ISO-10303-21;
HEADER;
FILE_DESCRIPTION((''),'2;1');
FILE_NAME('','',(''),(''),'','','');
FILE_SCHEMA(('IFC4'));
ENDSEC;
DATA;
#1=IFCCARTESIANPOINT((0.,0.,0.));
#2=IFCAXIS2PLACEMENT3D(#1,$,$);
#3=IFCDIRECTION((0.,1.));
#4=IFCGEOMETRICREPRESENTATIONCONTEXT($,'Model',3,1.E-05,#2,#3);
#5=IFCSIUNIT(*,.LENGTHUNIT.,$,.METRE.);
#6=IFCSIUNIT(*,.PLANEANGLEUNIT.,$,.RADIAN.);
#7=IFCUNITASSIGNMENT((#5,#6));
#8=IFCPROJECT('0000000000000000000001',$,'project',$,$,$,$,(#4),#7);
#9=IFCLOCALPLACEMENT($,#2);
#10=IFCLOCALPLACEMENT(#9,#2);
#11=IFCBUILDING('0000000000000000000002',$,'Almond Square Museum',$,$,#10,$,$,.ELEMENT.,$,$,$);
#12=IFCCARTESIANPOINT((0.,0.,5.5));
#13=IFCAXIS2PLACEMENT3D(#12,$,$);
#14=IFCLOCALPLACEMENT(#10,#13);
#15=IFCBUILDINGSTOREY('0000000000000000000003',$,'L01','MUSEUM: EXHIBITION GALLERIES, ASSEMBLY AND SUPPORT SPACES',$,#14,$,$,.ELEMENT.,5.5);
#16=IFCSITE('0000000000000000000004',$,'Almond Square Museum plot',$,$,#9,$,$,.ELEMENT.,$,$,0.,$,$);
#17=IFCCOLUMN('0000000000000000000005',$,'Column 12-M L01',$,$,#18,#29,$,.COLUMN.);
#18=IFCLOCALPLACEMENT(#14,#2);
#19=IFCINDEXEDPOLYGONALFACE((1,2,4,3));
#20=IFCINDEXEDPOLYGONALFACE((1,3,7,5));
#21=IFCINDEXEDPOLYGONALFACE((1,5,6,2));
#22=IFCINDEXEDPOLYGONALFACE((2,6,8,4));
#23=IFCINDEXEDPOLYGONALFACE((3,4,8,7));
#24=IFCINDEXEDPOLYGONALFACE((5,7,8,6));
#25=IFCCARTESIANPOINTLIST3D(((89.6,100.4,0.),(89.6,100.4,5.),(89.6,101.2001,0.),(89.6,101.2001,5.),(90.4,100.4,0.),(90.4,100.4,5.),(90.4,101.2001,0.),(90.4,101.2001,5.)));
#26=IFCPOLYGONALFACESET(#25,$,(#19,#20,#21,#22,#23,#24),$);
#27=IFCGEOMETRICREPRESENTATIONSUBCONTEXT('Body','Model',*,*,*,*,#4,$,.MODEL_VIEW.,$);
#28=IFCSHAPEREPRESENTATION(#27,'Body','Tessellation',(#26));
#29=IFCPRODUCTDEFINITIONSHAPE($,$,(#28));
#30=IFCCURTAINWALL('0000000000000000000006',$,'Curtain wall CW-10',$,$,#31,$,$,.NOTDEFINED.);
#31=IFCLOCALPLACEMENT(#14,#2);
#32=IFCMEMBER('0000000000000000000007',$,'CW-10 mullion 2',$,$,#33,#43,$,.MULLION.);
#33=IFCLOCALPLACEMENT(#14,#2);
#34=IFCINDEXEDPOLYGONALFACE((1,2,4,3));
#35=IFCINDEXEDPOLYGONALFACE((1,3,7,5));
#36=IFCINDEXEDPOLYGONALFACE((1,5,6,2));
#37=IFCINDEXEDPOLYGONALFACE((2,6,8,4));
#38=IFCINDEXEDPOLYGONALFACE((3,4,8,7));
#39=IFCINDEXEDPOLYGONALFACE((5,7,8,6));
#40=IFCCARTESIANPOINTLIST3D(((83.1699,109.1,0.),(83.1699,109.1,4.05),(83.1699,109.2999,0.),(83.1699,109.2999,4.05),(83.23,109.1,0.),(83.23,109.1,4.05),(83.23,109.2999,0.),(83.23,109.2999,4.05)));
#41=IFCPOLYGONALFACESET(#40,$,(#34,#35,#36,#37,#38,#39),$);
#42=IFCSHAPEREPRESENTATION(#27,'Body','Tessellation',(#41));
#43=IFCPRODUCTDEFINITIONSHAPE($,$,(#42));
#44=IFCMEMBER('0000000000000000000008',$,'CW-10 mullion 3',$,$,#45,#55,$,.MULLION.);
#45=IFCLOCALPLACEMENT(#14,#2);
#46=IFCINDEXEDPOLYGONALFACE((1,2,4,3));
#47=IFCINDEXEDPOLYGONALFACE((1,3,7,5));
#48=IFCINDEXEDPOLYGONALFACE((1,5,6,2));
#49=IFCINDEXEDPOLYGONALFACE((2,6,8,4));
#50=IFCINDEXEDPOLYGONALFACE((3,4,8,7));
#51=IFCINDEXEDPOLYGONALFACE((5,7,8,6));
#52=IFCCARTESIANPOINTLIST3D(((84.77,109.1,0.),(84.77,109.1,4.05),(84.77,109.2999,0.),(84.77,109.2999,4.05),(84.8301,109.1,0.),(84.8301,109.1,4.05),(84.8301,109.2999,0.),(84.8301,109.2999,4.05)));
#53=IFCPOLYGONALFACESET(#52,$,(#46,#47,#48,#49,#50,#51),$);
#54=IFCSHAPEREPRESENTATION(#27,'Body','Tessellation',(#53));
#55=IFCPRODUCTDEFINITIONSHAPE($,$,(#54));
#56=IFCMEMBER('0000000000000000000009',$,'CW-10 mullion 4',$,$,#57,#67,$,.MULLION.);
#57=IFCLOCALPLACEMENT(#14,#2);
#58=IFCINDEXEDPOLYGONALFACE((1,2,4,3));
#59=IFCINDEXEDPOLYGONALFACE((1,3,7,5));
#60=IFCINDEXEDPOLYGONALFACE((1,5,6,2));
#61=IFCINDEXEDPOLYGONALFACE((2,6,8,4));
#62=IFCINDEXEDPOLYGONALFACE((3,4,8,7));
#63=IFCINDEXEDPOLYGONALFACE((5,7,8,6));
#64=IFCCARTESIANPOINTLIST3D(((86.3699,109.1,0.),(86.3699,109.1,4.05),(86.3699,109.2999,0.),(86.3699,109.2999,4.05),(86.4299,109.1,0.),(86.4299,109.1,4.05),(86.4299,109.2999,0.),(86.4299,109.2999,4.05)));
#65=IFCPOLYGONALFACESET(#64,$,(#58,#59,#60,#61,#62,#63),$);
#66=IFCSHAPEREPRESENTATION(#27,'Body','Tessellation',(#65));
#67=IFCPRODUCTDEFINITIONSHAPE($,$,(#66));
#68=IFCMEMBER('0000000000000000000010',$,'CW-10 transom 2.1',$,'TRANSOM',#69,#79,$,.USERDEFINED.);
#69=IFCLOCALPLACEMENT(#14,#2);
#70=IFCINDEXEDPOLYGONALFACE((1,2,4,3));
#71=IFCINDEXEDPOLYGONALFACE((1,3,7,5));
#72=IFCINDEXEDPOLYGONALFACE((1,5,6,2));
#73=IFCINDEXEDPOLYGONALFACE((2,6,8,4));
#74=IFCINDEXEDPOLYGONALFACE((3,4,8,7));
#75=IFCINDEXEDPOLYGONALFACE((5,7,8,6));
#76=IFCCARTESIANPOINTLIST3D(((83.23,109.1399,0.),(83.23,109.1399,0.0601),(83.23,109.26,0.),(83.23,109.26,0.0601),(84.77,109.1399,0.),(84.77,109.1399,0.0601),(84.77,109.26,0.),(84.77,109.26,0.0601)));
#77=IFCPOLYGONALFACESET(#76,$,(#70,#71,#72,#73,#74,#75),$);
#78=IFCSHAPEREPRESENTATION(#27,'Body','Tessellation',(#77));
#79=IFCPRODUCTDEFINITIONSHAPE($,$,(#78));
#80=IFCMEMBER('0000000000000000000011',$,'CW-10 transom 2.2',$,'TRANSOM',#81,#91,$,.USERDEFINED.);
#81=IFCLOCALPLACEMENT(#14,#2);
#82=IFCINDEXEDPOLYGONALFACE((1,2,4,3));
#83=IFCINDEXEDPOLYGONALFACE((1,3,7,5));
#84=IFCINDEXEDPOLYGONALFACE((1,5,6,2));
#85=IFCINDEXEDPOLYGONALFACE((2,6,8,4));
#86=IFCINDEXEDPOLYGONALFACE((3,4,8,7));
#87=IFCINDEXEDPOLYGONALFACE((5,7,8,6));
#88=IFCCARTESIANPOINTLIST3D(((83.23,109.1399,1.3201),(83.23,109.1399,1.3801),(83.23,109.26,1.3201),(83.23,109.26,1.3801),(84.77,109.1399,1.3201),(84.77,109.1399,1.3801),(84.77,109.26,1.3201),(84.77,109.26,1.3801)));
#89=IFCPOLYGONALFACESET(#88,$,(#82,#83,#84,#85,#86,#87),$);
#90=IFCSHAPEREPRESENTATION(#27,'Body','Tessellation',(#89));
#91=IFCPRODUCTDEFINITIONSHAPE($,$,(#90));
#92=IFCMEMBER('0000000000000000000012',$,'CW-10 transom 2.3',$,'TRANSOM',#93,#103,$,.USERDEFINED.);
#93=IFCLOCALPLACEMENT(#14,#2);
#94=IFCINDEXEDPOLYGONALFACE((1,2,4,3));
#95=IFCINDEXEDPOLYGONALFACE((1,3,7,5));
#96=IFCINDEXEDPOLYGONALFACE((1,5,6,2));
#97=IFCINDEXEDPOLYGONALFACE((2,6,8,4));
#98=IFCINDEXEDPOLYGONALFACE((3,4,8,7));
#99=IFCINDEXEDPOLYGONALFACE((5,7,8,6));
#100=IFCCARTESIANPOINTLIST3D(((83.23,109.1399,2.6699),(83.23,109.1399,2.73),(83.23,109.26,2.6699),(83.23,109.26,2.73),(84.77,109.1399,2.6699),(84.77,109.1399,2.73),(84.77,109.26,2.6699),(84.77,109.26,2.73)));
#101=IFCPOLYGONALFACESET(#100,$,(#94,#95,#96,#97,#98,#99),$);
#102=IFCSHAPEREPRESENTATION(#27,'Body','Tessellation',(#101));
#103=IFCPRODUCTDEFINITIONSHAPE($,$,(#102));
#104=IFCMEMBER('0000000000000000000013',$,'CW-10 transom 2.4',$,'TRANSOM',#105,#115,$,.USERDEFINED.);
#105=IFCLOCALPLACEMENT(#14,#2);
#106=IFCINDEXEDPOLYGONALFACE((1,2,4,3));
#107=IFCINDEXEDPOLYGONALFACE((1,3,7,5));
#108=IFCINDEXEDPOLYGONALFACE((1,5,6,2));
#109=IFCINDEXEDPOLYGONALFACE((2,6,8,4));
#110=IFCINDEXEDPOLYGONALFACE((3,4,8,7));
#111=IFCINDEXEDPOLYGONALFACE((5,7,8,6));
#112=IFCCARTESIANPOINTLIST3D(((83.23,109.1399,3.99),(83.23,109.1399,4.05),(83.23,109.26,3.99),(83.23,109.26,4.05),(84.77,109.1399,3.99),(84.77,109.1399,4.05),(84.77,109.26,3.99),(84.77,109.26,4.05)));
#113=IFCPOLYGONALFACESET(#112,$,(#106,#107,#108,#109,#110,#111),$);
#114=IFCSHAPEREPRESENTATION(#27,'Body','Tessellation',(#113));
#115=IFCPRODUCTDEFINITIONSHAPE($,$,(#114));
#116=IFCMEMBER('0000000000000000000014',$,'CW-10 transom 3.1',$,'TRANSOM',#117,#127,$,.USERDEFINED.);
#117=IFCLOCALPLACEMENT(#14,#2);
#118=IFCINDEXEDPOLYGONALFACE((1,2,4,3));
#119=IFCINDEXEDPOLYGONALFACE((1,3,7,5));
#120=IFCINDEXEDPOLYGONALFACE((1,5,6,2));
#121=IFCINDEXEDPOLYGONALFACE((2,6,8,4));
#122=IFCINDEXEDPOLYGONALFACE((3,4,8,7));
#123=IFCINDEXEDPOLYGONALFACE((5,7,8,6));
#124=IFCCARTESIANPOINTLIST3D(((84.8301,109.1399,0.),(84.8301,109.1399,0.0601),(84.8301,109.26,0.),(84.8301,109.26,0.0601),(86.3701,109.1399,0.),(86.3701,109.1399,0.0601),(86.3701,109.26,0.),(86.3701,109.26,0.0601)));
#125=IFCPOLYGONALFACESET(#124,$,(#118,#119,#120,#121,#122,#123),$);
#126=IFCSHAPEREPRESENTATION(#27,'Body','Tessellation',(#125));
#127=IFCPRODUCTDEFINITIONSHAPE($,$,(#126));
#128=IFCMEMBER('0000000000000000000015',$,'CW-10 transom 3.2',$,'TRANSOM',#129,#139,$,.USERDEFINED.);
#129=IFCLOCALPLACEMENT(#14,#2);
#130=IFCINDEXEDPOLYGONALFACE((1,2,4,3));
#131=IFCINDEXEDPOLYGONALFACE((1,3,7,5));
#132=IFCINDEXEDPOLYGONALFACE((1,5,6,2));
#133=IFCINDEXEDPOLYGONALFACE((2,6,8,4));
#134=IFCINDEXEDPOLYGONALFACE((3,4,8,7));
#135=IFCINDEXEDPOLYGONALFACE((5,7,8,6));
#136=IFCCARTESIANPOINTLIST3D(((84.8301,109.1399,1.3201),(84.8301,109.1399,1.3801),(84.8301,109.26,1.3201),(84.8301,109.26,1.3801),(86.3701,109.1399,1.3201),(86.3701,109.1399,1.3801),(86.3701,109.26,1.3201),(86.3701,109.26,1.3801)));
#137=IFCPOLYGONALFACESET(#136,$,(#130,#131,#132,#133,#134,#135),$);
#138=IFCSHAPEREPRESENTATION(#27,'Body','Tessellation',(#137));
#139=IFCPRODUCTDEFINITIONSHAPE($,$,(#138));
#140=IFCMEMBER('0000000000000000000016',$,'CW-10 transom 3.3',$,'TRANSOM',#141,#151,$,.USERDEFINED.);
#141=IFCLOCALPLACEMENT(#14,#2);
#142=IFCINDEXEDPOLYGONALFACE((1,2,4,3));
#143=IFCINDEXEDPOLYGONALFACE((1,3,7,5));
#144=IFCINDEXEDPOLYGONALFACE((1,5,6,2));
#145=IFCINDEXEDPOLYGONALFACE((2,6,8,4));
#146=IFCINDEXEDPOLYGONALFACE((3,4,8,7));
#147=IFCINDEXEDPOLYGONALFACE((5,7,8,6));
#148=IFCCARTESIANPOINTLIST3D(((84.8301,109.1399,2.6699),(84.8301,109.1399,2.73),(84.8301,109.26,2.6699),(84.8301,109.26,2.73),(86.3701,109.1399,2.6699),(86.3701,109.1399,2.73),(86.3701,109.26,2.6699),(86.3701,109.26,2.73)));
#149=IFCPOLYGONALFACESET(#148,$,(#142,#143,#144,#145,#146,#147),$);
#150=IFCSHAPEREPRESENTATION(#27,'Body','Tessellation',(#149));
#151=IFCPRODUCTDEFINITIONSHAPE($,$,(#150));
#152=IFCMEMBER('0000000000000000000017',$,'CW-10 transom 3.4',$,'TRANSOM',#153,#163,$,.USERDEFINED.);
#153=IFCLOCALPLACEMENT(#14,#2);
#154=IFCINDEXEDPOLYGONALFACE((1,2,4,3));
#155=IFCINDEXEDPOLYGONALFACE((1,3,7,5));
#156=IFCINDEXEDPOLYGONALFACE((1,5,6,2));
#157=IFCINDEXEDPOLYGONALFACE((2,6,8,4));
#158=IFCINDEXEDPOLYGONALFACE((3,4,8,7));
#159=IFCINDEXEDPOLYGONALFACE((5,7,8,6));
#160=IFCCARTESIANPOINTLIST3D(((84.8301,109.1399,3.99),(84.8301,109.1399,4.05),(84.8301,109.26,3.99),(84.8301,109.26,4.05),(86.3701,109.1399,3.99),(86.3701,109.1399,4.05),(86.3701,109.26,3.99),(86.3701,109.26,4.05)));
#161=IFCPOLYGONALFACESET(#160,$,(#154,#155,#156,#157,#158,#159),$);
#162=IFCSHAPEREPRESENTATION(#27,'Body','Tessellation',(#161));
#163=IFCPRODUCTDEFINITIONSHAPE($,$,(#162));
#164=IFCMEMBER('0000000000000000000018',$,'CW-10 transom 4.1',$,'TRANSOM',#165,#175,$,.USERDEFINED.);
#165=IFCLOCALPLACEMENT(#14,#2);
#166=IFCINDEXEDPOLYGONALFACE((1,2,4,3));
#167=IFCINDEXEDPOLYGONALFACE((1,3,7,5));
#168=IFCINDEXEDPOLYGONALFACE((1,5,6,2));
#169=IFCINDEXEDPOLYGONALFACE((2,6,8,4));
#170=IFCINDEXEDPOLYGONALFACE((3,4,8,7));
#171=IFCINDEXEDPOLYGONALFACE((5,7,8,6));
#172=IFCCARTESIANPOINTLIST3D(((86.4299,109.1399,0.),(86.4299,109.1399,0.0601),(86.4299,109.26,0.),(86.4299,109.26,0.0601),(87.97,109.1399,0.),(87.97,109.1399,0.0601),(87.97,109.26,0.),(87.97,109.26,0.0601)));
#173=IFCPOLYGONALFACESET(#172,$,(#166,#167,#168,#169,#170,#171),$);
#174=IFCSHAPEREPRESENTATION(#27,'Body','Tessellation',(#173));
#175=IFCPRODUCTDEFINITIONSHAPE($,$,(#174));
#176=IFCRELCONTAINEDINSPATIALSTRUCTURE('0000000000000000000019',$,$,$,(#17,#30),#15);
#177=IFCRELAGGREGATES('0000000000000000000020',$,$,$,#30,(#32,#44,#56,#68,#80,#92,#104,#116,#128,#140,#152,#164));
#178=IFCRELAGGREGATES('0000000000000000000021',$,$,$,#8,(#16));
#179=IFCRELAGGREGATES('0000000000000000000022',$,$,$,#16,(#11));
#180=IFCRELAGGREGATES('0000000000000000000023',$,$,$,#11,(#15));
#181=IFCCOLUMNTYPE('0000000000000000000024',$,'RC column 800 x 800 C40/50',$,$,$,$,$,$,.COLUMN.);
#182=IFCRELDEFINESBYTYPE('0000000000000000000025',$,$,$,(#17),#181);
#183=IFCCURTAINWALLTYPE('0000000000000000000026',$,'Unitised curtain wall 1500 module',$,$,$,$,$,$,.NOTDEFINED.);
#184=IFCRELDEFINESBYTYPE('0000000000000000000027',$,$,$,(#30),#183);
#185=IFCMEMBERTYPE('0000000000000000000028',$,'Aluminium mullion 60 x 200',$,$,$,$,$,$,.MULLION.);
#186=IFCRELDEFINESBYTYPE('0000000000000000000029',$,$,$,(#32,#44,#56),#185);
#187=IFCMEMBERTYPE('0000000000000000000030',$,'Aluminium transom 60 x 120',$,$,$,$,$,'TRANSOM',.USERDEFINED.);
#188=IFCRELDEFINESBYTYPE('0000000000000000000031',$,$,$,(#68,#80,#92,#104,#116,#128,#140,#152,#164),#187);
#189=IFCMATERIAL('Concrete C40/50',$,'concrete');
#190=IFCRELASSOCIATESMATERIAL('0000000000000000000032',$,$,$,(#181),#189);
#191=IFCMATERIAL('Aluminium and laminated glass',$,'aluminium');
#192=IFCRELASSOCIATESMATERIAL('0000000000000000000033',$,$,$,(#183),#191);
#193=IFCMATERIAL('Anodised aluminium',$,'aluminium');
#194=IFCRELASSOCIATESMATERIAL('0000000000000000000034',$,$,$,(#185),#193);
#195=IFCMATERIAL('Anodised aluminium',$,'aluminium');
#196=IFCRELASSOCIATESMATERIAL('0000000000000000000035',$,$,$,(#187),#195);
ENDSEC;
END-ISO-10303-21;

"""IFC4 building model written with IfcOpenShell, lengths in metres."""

from ifc_helpers import new_model, si_unit, direction, frame, origin, origin_2d, place, context, subcontext, project, spatial, rectangle, extrude, material, material_profile, profile_set, type_object, element, aggregate, save


model = new_model("IFC4")

# Units and contexts
model_context = context("Model", 3, precision=1e-05, world=origin(), true_north=direction((0.0, 1.0)))
body_context = subcontext(model_context, "Body", "Model", "MODEL_VIEW")
ifc_project = project(units=[si_unit("LENGTHUNIT", "METRE"), si_unit("PLANEANGLEUNIT", "RADIAN")], contexts=[model_context])

# Site, building, storey
site_placement = place(None, origin())
site = spatial("IfcSite", under=ifc_project, at=site_placement, Name="Almond Square Museum plot", CompositionType="ELEMENT", RefElevation=0.0)
building_placement = place(site_placement, origin())
building = spatial("IfcBuilding", under=site, at=building_placement, Name="Almond Square Museum", CompositionType="ELEMENT")
storey_placement = place(building_placement, frame((0.0, 0.0, 5.5)))
storey = spatial("IfcBuildingStorey", under=building, at=storey_placement, Name="L01", Description="MUSEUM: EXHIBITION GALLERIES, ASSEMBLY AND SUPPORT SPACES", CompositionType="ELEMENT", Elevation=5.5)

# Column
ifc_material_1 = material(Name="Concrete C40/50", Category="concrete")
ifc_material_profile_1 = material_profile(ifc_material_1, rectangle(XDim=0.8, YDim=0.8, at=origin_2d()))
ifc_profile_set_1 = profile_set([ifc_material_profile_1], Name="Concrete C40/50")
column_type = type_object("IfcColumnType", Name="RC column 800 x 800 C40/50", PredefinedType="COLUMN", material=ifc_profile_set_1)
column_placement = place(storey_placement, frame((90.0, 100.8, 0.0), z_axis=(0.0, 0.0, 1.0), x_axis=(1.0, 0.0, 0.0)))
element("IfcColumn", 1, at=column_placement, inside=storey, type_object=column_type, Name="Column 12-M L01", PredefinedType="COLUMN", context=body_context, shape_type="SweptSolid", body=[
    extrude(rectangle(XDim=0.8, YDim=0.8, at=origin_2d()), origin(), (0.0, 0.0, 1.0), 5.0),
])

# Curtain wall, members
ifc_material_2 = material(Name="Aluminium and laminated glass", Category="aluminium")
curtain_wall_type = type_object("IfcCurtainWallType", Name="Unitised curtain wall 1500 module", PredefinedType="NOTDEFINED", material=ifc_material_2)
curtain_wall_placement = place(storey_placement, origin())
curtain_wall = element("IfcCurtainWall", 2, at=curtain_wall_placement, inside=storey, type_object=curtain_wall_type, Name="Curtain wall CW-10", PredefinedType="NOTDEFINED")
ifc_material_3 = material(Name="Anodised aluminium", Category="aluminium")
ifc_material_profile_2 = material_profile(ifc_material_3, rectangle(XDim=0.2, YDim=0.0601, at=origin_2d()))
ifc_profile_set_2 = profile_set([ifc_material_profile_2], Name="Anodised aluminium")
member_type_1 = type_object("IfcMemberType", Name="Aluminium mullion 60 x 200", PredefinedType="MULLION", material=ifc_profile_set_2)
member_1_placement = place(storey_placement, frame((83.2, 109.2, 0.0), z_axis=(0.0, 0.0, 1.0), x_axis=(0.0, 1.0, 0.0)))
member_1 = element("IfcMember", 3, at=member_1_placement, type_object=member_type_1, Name="CW-10 mullion 2", PredefinedType="MULLION", context=body_context, shape_type="SweptSolid", body=[
    extrude(rectangle(XDim=0.2, YDim=0.0601, at=origin_2d()), origin(), (0.0, 0.0, 1.0), 4.05),
])
member_2_placement = place(storey_placement, frame((84.8, 109.2, 0.0), z_axis=(0.0, 0.0, 1.0), x_axis=(0.0, 1.0, 0.0)))
member_2 = element("IfcMember", 4, at=member_2_placement, type_object=member_type_1, Name="CW-10 mullion 3", PredefinedType="MULLION", context=body_context, shape_type="SweptSolid", body=[
    extrude(rectangle(XDim=0.2, YDim=0.0601, at=origin_2d()), origin(), (0.0, 0.0, 1.0), 4.05),
])
member_3_placement = place(storey_placement, frame((86.3999, 109.2, 0.0), z_axis=(0.0, 0.0, 1.0), x_axis=(0.0, 1.0, 0.0)))
member_3 = element("IfcMember", 5, at=member_3_placement, type_object=member_type_1, Name="CW-10 mullion 4", PredefinedType="MULLION", context=body_context, shape_type="SweptSolid", body=[
    extrude(rectangle(XDim=0.2, YDim=0.0601, at=origin_2d()), origin(), (0.0, 0.0, 1.0), 4.05),
])
ifc_material_4 = material(Name="Anodised aluminium", Category="aluminium")
ifc_material_profile_3 = material_profile(ifc_material_4, rectangle(XDim=0.1201, YDim=0.0601, at=origin_2d()))
ifc_profile_set_3 = profile_set([ifc_material_profile_3], Name="Anodised aluminium")
member_type_2 = type_object("IfcMemberType", Name="Aluminium transom 60 x 120", ElementType="TRANSOM", PredefinedType="USERDEFINED", material=ifc_profile_set_3)
member_4_placement = place(storey_placement, frame((83.23, 109.2, 0.03), z_axis=(1.0, 0.0, 0.0), x_axis=(0.0, 1.0, 0.0)))
member_4 = element("IfcMember", 6, at=member_4_placement, type_object=member_type_2, Name="CW-10 transom 2.1", ObjectType="TRANSOM", PredefinedType="USERDEFINED", context=body_context, shape_type="SweptSolid", body=[
    extrude(rectangle(XDim=0.1201, YDim=0.0601, at=origin_2d()), origin(), (0.0, 0.0, 1.0), 1.54),
])
member_5_placement = place(storey_placement, frame((83.23, 109.2, 1.3501), z_axis=(1.0, 0.0, 0.0), x_axis=(0.0, 1.0, 0.0)))
member_5 = element("IfcMember", 7, at=member_5_placement, type_object=member_type_2, Name="CW-10 transom 2.2", ObjectType="TRANSOM", PredefinedType="USERDEFINED", context=body_context, shape_type="SweptSolid", body=[
    extrude(rectangle(XDim=0.1201, YDim=0.0601, at=origin_2d()), origin(), (0.0, 0.0, 1.0), 1.54),
])
member_6_placement = place(storey_placement, frame((83.23, 109.2, 2.7), z_axis=(1.0, 0.0, 0.0), x_axis=(0.0, 1.0, 0.0)))
member_6 = element("IfcMember", 8, at=member_6_placement, type_object=member_type_2, Name="CW-10 transom 2.3", ObjectType="TRANSOM", PredefinedType="USERDEFINED", context=body_context, shape_type="SweptSolid", body=[
    extrude(rectangle(XDim=0.1201, YDim=0.0601, at=origin_2d()), origin(), (0.0, 0.0, 1.0), 1.54),
])
member_7_placement = place(storey_placement, frame((83.23, 109.2, 4.02), z_axis=(1.0, 0.0, 0.0), x_axis=(0.0, 1.0, 0.0)))
member_7 = element("IfcMember", 9, at=member_7_placement, type_object=member_type_2, Name="CW-10 transom 2.4", ObjectType="TRANSOM", PredefinedType="USERDEFINED", context=body_context, shape_type="SweptSolid", body=[
    extrude(rectangle(XDim=0.1201, YDim=0.0601, at=origin_2d()), origin(), (0.0, 0.0, 1.0), 1.54),
])
member_8_placement = place(storey_placement, frame((84.8301, 109.2, 0.03), z_axis=(1.0, 0.0, 0.0), x_axis=(0.0, 1.0, 0.0)))
member_8 = element("IfcMember", 10, at=member_8_placement, type_object=member_type_2, Name="CW-10 transom 3.1", ObjectType="TRANSOM", PredefinedType="USERDEFINED", context=body_context, shape_type="SweptSolid", body=[
    extrude(rectangle(XDim=0.1201, YDim=0.0601, at=origin_2d()), origin(), (0.0, 0.0, 1.0), 1.54),
])
member_9_placement = place(storey_placement, frame((84.8301, 109.2, 1.3501), z_axis=(1.0, 0.0, 0.0), x_axis=(0.0, 1.0, 0.0)))
member_9 = element("IfcMember", 11, at=member_9_placement, type_object=member_type_2, Name="CW-10 transom 3.2", ObjectType="TRANSOM", PredefinedType="USERDEFINED", context=body_context, shape_type="SweptSolid", body=[
    extrude(rectangle(XDim=0.1201, YDim=0.0601, at=origin_2d()), origin(), (0.0, 0.0, 1.0), 1.54),
])
member_10_placement = place(storey_placement, frame((84.8301, 109.2, 2.7), z_axis=(1.0, 0.0, 0.0), x_axis=(0.0, 1.0, 0.0)))
member_10 = element("IfcMember", 12, at=member_10_placement, type_object=member_type_2, Name="CW-10 transom 3.3", ObjectType="TRANSOM", PredefinedType="USERDEFINED", context=body_context, shape_type="SweptSolid", body=[
    extrude(rectangle(XDim=0.1201, YDim=0.0601, at=origin_2d()), origin(), (0.0, 0.0, 1.0), 1.54),
])
member_11_placement = place(storey_placement, frame((84.8301, 109.2, 4.02), z_axis=(1.0, 0.0, 0.0), x_axis=(0.0, 1.0, 0.0)))
member_11 = element("IfcMember", 13, at=member_11_placement, type_object=member_type_2, Name="CW-10 transom 3.4", ObjectType="TRANSOM", PredefinedType="USERDEFINED", context=body_context, shape_type="SweptSolid", body=[
    extrude(rectangle(XDim=0.1201, YDim=0.0601, at=origin_2d()), origin(), (0.0, 0.0, 1.0), 1.54),
])
member_12_placement = place(storey_placement, frame((86.4299, 109.2, 0.03), z_axis=(1.0, 0.0, 0.0), x_axis=(0.0, 1.0, 0.0)))
member_12 = element("IfcMember", 14, at=member_12_placement, type_object=member_type_2, Name="CW-10 transom 4.1", ObjectType="TRANSOM", PredefinedType="USERDEFINED", context=body_context, shape_type="SweptSolid", body=[
    extrude(rectangle(XDim=0.1201, YDim=0.0601, at=origin_2d()), origin(), (0.0, 0.0, 1.0), 1.54),
])

aggregate(curtain_wall, [member_1, member_2, member_3, member_4, member_5, member_6, member_7, member_8, member_9, member_10, member_11, member_12])

save(model, "model.ifc")
